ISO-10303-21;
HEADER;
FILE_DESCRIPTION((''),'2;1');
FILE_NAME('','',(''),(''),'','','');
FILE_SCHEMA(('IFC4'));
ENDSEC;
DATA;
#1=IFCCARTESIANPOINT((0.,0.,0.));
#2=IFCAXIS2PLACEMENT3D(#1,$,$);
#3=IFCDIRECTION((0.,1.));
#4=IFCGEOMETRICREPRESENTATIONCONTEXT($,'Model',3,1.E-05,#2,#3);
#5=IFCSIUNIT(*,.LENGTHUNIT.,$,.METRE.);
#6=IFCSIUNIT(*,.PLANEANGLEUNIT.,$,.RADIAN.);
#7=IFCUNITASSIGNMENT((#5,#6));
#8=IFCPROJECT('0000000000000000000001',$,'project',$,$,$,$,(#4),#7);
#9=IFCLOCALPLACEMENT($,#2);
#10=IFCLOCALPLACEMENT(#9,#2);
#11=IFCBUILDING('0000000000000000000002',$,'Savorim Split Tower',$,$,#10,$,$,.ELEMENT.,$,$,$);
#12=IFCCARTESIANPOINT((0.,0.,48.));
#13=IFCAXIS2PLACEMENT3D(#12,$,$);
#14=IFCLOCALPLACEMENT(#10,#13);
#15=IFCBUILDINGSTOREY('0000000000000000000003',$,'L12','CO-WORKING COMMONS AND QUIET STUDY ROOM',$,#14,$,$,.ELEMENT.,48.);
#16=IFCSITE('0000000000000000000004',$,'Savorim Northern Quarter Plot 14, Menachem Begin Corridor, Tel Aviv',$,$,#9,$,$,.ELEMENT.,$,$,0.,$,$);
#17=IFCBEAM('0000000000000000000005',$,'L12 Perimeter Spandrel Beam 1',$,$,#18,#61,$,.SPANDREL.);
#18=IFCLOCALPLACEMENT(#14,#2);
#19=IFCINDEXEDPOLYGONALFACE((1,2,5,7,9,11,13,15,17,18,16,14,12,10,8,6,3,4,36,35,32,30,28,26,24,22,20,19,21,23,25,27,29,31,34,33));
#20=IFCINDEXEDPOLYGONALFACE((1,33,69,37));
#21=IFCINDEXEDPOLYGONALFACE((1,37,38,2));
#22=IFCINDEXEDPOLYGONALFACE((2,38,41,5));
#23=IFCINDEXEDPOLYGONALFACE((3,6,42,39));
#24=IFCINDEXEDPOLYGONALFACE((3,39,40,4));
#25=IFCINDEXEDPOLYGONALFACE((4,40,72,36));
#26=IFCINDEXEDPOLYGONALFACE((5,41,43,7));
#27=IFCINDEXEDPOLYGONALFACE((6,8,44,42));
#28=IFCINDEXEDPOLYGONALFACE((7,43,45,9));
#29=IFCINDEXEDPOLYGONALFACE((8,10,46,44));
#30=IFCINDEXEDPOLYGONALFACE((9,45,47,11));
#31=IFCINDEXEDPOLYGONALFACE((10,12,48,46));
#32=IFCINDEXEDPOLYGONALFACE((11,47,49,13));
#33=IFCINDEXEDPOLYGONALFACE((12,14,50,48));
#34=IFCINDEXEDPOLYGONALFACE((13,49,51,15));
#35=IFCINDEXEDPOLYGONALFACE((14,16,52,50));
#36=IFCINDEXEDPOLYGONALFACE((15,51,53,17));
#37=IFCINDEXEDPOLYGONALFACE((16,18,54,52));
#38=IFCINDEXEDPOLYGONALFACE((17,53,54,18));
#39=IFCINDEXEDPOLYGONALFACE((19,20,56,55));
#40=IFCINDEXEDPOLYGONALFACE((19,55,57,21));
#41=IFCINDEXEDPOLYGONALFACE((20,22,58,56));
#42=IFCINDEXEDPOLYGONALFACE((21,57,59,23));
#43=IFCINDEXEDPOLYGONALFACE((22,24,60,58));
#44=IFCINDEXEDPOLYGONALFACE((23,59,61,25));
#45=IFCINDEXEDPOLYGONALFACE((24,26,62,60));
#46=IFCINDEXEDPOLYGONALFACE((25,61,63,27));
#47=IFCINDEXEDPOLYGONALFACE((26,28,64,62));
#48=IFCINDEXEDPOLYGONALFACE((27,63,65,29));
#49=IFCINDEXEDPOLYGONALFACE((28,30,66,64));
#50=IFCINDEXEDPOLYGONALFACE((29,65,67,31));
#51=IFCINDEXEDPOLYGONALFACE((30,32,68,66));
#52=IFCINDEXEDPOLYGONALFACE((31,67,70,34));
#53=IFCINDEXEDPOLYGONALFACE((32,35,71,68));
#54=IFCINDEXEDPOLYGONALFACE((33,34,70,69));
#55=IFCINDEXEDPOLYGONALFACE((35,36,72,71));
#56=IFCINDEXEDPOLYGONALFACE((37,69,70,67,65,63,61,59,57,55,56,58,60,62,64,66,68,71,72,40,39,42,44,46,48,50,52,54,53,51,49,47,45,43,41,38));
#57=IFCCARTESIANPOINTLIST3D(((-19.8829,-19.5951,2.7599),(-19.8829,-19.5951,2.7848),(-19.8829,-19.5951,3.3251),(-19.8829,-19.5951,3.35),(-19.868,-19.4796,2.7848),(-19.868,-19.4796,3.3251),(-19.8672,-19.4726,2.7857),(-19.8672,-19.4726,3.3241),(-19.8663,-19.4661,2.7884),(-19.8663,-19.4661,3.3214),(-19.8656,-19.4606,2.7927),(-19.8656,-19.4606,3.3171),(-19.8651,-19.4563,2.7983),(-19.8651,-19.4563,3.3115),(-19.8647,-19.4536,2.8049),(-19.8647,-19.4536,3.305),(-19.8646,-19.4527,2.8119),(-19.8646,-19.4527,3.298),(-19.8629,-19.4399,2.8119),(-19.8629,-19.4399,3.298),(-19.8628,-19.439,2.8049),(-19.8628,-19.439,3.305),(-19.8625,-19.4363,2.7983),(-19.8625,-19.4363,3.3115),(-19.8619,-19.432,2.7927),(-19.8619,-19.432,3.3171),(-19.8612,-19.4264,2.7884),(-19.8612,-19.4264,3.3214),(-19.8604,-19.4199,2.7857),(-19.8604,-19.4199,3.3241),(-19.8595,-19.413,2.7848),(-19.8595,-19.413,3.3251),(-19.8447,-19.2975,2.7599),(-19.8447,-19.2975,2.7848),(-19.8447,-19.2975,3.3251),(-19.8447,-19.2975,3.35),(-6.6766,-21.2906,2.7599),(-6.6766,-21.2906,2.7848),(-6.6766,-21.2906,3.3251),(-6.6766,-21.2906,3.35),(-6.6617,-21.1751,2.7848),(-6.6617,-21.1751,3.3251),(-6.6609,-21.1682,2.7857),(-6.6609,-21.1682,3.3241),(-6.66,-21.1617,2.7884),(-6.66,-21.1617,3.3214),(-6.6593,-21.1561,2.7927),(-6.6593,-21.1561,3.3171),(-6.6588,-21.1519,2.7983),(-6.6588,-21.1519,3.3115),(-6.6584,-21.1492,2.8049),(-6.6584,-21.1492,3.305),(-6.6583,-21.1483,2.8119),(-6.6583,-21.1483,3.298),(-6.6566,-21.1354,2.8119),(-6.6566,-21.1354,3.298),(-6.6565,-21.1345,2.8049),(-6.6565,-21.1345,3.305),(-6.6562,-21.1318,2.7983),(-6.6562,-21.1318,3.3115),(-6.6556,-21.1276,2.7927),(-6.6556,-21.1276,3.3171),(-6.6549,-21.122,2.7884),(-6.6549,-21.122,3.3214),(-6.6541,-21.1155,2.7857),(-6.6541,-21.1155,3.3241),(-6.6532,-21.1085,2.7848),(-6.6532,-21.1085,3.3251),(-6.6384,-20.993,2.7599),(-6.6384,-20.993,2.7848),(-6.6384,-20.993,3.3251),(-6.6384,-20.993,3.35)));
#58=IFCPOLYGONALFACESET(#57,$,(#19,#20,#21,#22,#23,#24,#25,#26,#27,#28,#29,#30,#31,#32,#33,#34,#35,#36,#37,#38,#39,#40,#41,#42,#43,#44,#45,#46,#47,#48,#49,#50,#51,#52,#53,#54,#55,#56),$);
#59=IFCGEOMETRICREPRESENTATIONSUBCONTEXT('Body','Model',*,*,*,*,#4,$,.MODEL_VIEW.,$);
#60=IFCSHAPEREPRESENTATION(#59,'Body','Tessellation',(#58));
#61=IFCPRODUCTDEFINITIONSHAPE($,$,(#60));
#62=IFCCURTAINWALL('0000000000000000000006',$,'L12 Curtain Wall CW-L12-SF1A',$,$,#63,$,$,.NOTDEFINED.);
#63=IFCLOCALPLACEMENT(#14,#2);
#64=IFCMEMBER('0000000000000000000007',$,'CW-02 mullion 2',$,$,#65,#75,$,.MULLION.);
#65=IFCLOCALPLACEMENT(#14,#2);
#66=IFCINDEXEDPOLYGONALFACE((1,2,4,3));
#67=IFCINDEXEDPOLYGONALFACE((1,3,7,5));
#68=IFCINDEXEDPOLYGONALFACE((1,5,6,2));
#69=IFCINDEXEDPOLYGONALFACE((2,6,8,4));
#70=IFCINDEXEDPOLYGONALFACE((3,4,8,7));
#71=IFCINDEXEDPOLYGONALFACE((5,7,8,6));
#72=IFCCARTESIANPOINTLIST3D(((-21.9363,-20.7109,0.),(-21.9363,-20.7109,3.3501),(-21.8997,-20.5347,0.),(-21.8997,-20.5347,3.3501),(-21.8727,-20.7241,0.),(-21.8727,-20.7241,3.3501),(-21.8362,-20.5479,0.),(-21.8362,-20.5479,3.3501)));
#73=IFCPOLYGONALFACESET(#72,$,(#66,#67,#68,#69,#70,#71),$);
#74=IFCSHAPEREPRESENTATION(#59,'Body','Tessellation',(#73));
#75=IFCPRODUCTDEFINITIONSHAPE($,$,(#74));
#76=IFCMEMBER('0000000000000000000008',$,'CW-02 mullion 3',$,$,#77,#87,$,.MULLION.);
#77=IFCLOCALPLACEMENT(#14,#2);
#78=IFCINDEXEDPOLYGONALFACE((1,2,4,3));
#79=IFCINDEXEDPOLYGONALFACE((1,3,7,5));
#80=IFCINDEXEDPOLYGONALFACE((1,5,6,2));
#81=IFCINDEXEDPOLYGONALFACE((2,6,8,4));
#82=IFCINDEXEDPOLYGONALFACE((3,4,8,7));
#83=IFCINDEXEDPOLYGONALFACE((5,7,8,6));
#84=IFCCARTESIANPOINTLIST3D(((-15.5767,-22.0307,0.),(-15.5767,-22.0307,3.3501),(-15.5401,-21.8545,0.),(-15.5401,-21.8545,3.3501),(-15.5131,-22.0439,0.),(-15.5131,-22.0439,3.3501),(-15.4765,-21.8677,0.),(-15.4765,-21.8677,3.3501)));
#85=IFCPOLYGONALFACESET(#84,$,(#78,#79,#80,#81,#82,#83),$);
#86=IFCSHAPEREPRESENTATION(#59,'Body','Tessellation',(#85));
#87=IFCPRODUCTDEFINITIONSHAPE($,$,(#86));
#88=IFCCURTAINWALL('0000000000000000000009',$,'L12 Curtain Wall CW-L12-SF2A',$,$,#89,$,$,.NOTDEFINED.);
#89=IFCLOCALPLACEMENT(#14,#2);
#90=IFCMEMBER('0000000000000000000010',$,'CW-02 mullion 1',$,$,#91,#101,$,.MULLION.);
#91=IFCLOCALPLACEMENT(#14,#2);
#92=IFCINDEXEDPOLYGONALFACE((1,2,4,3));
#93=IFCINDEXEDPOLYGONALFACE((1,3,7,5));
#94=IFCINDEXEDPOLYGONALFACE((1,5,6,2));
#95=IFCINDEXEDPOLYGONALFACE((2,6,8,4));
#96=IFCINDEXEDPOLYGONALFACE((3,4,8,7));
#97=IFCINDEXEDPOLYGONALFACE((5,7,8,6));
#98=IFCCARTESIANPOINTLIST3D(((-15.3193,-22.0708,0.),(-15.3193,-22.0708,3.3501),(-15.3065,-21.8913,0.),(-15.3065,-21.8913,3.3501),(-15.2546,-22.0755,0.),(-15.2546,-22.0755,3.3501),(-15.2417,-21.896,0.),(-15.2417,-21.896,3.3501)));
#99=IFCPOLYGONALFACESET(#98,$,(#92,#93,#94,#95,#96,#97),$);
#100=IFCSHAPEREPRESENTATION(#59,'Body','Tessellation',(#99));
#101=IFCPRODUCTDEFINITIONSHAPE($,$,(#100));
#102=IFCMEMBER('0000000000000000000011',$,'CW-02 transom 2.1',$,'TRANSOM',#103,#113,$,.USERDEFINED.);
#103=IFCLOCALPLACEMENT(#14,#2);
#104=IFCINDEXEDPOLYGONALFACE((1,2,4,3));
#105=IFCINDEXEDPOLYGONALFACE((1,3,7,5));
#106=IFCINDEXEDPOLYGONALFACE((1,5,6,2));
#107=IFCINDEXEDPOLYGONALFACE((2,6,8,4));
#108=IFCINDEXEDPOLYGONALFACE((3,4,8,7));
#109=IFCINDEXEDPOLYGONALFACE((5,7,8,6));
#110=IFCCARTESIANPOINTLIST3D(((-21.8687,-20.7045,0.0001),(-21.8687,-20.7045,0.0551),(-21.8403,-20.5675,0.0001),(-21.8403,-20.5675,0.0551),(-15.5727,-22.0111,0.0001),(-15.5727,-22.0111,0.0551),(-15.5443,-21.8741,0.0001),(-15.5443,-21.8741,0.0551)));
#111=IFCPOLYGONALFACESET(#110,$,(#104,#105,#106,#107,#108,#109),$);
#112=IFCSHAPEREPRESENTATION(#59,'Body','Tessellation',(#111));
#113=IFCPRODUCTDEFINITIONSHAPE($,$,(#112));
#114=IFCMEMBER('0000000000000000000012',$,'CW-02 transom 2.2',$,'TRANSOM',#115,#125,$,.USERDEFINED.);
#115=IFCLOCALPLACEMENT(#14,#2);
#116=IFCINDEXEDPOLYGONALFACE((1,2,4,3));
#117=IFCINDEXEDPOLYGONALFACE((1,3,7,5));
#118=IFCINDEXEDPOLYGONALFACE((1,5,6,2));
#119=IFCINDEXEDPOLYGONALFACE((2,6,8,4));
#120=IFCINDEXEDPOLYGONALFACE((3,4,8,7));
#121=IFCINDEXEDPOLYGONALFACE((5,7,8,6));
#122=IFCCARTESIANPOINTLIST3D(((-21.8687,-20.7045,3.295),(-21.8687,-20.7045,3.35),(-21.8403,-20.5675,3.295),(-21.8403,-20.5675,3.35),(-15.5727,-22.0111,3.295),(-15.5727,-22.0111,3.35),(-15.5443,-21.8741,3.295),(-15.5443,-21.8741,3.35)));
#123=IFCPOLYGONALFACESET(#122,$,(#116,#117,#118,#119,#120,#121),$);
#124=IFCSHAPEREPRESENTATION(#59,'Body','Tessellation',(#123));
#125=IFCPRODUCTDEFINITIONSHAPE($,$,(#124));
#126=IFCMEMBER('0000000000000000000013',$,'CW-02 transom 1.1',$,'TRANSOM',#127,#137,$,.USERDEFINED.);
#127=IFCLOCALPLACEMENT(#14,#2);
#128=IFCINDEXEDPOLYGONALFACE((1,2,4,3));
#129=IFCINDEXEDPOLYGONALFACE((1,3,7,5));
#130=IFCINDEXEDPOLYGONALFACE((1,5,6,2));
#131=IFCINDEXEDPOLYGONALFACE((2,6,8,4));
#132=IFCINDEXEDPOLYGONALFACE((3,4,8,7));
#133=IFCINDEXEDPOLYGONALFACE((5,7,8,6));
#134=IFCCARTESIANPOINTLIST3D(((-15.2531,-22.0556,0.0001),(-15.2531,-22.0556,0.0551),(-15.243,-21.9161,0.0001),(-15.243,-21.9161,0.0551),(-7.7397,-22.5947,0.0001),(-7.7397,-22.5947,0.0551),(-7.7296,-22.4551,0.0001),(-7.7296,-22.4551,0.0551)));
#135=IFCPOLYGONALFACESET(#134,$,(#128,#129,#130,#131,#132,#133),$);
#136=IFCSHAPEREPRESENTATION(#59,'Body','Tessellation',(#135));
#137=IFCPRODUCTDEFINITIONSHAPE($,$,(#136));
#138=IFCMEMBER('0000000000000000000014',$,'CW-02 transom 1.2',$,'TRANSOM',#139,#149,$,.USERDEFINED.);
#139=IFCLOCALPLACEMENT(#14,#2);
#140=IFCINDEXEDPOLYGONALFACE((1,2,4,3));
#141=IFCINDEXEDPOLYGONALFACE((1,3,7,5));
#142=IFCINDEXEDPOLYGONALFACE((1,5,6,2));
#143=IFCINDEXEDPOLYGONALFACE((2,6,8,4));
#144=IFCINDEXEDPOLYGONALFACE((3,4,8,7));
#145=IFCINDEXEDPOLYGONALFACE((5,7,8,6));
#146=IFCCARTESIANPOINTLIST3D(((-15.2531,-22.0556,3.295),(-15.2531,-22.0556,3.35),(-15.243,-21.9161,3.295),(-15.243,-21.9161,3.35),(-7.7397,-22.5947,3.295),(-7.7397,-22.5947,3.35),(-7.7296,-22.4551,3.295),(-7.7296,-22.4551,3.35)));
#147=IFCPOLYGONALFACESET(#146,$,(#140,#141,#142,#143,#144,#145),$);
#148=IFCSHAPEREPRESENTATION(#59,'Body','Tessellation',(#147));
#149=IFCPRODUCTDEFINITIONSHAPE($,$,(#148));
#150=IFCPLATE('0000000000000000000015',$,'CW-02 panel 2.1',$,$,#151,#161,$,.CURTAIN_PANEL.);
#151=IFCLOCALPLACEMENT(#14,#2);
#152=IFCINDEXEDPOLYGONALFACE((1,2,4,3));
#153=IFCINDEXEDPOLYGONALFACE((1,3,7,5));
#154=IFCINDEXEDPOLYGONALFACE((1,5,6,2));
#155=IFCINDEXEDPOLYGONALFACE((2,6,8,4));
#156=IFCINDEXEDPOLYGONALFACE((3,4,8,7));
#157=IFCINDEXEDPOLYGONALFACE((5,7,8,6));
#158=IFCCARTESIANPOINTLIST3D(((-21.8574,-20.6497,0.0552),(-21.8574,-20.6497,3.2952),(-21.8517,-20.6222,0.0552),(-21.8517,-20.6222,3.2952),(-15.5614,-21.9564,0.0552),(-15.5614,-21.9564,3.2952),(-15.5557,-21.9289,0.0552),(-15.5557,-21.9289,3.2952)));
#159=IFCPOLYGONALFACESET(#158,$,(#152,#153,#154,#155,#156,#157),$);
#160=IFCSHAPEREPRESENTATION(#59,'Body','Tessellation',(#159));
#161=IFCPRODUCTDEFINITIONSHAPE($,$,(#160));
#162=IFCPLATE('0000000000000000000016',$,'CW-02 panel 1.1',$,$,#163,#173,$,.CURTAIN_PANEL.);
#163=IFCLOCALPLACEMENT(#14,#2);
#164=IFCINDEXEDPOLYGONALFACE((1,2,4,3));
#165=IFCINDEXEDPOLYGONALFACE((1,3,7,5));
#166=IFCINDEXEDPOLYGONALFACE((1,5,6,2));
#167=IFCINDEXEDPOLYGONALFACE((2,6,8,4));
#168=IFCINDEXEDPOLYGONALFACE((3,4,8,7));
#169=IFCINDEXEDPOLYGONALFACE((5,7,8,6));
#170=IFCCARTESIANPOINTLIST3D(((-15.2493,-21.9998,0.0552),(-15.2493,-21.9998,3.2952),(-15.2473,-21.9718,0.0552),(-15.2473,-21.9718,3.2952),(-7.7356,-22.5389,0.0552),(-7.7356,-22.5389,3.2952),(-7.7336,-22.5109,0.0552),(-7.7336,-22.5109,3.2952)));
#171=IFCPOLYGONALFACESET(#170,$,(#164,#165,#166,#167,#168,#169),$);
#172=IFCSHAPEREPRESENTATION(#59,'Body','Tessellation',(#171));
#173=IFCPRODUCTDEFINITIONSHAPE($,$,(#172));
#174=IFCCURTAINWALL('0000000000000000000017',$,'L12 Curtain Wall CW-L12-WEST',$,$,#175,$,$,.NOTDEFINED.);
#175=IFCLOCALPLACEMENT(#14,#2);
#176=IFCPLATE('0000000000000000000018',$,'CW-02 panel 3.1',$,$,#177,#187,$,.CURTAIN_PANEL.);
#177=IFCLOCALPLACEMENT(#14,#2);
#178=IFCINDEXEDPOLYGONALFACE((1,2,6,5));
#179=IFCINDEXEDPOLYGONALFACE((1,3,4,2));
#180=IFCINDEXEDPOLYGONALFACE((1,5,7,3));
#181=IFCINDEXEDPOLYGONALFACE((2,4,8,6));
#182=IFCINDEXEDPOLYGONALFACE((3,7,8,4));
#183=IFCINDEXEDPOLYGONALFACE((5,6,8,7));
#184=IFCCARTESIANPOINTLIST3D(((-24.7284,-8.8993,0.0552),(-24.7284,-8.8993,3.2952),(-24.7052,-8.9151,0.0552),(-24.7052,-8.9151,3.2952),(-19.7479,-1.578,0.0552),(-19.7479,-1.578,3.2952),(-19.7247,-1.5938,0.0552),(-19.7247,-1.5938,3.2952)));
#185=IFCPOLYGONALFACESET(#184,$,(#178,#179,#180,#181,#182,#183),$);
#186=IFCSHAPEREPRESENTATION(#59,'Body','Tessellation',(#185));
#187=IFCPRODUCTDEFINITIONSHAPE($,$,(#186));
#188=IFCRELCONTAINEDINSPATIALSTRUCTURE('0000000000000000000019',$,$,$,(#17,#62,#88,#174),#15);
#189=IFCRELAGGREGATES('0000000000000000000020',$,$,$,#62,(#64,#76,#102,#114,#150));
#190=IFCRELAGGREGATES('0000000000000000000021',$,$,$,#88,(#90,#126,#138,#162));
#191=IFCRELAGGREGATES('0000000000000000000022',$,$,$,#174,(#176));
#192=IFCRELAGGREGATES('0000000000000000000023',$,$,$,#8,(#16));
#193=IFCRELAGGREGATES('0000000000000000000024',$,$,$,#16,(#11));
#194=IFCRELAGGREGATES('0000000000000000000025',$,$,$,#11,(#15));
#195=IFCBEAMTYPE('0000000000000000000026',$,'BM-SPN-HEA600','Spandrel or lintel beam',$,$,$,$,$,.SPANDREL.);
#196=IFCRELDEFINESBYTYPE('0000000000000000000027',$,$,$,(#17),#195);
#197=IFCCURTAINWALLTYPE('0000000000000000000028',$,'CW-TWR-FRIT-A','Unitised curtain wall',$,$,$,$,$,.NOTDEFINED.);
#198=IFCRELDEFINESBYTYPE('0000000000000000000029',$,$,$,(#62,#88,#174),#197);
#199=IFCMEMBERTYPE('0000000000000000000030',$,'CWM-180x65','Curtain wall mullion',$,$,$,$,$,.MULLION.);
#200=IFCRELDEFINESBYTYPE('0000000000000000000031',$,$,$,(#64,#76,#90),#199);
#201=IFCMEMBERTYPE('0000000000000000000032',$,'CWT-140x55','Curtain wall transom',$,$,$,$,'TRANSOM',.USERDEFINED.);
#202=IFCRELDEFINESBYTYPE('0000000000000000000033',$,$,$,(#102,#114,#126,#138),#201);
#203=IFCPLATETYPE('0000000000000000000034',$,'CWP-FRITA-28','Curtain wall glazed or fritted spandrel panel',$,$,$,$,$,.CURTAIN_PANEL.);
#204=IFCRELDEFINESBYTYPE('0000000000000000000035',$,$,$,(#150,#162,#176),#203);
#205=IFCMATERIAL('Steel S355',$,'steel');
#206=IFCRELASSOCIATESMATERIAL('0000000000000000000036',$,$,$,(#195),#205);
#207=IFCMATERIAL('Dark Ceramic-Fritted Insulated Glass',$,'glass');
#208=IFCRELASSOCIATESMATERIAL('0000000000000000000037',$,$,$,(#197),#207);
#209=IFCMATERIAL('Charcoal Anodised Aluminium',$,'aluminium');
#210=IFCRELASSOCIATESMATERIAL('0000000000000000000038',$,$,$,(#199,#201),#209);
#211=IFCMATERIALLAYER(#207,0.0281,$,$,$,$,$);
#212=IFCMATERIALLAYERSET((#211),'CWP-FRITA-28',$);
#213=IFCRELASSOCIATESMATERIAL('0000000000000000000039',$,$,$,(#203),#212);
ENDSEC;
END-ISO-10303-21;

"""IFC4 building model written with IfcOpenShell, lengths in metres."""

from ifc_helpers import new_model, si_unit, direction, frame, origin, origin_2d, place, context, subcontext, project, spatial, rectangle, i_section, extrude, material, layer, layer_set, material_profile, profile_set, type_object, element, aggregate, save


model = new_model("IFC4")

# Units and contexts
model_context = context("Model", 3, precision=1e-05, world=origin(), true_north=direction((0.0, 1.0)))
body_context = subcontext(model_context, "Body", "Model", "MODEL_VIEW")
ifc_project = project(units=[si_unit("LENGTHUNIT", "METRE"), si_unit("PLANEANGLEUNIT", "RADIAN")], contexts=[model_context])

# Site, building, storey
site_placement = place(None, origin())
site = spatial("IfcSite", under=ifc_project, at=site_placement, Name="Savorim Northern Quarter Plot 14, Menachem Begin Corridor, Tel Aviv", CompositionType="ELEMENT", RefElevation=0.0)
building_placement = place(site_placement, origin())
building = spatial("IfcBuilding", under=site, at=building_placement, Name="Savorim Split Tower", CompositionType="ELEMENT")
storey_placement = place(building_placement, frame((0.0, 0.0, 48.0)))
storey = spatial("IfcBuildingStorey", under=building, at=storey_placement, Name="L12", Description="CO-WORKING COMMONS AND QUIET STUDY ROOM", CompositionType="ELEMENT", Elevation=48.0)

# Beam
ifc_material_1 = material(Name="Steel S355", Category="steel")
ifc_material_profile_1 = material_profile(ifc_material_1, i_section(OverallWidth=0.3, OverallDepth=0.5901, WebThickness=0.0129, FlangeThickness=0.0249, FilletRadius=0.0271, at=origin_2d()), Name="HEA 600")
ifc_profile_set_1 = profile_set([ifc_material_profile_1], Name="Steel S355")
beam_type_1 = type_object("IfcBeamType", Name="BM-SPN-HEA600", Description="Spandrel or lintel beam", PredefinedType="SPANDREL", material=ifc_profile_set_1)
beam_1_placement = place(storey_placement, frame((-19.8638, -19.4463, 3.0549), z_axis=(0.991859, -0.127345, 0.0), x_axis=(0.127345, 0.991859, 0.0)))
element("IfcBeam", 1, at=beam_1_placement, inside=storey, type_object=beam_type_1, Name="L12 Perimeter Spandrel Beam 1", PredefinedType="SPANDREL", context=body_context, shape_type="SweptSolid", body=[
    extrude(i_section(OverallWidth=0.3, OverallDepth=0.5901, WebThickness=0.0129, FlangeThickness=0.0249, FilletRadius=0.0271, at=origin_2d()), origin(), (0.0, 0.0, 1.0), 13.3147),
])

# Curtain wall, members
ifc_material_2 = material(Name="Dark Ceramic-Fritted Insulated Glass", Category="glass")
curtain_wall_type = type_object("IfcCurtainWallType", Name="CW-TWR-FRIT-A", Description="Unitised curtain wall", PredefinedType="NOTDEFINED", material=ifc_material_2)
curtain_wall_1_placement = place(storey_placement, origin())
curtain_wall_1 = element("IfcCurtainWall", 2, at=curtain_wall_1_placement, inside=storey, type_object=curtain_wall_type, Name="L12 Curtain Wall CW-L12-SF1A", PredefinedType="NOTDEFINED")
ifc_material_3 = material(Name="Charcoal Anodised Aluminium", Category="aluminium")
ifc_material_profile_2 = material_profile(ifc_material_3, rectangle(XDim=0.1799, YDim=0.0649, at=origin_2d()), Name="ALU-M 180x65")
ifc_profile_set_2 = profile_set([ifc_material_profile_2], Name="Charcoal Anodised Aluminium")
member_type_1 = type_object("IfcMemberType", Name="CWM-180x65", Description="Curtain wall mullion", PredefinedType="MULLION", material=ifc_profile_set_2)
member_1_placement = place(storey_placement, frame((-21.8862, -20.6294, 0.0), z_axis=(0.0, 0.0, 1.0), x_axis=(0.203212, 0.979135, 0.0)))
member_1 = element("IfcMember", 3, at=member_1_placement, type_object=member_type_1, Name="CW-02 mullion 2", PredefinedType="MULLION", context=body_context, shape_type="SweptSolid", body=[
    extrude(rectangle(XDim=0.1799, YDim=0.0649, at=origin_2d()), origin(), (0.0, 0.0, 1.0), 3.3501),
])
member_2_placement = place(storey_placement, frame((-15.5266, -21.9492, 0.0), z_axis=(0.0, 0.0, 1.0), x_axis=(0.203212, 0.979135, 0.0)))
member_2 = element("IfcMember", 4, at=member_2_placement, type_object=member_type_1, Name="CW-02 mullion 3", PredefinedType="MULLION", context=body_context, shape_type="SweptSolid", body=[
    extrude(rectangle(XDim=0.1799, YDim=0.0649, at=origin_2d()), origin(), (0.0, 0.0, 1.0), 3.3501),
])

# Curtain wall, member
curtain_wall_2_placement = place(storey_placement, origin())
curtain_wall_2 = element("IfcCurtainWall", 5, at=curtain_wall_2_placement, inside=storey, type_object=curtain_wall_type, Name="L12 Curtain Wall CW-L12-SF2A", PredefinedType="NOTDEFINED")
member_3_placement = place(storey_placement, frame((-15.2805, -21.9834, 0.0), z_axis=(0.0, 0.0, 1.0), x_axis=(0.071562, 0.997436, 0.0)))
member_3 = element("IfcMember", 6, at=member_3_placement, type_object=member_type_1, Name="CW-02 mullion 1", PredefinedType="MULLION", context=body_context, shape_type="SweptSolid", body=[
    extrude(rectangle(XDim=0.1799, YDim=0.0649, at=origin_2d()), origin(), (0.0, 0.0, 1.0), 3.3501),
])

# Members
ifc_material_profile_3 = material_profile(ifc_material_3, rectangle(XDim=0.1399, YDim=0.0549, at=origin_2d()), Name="ALU-T 140x55")
ifc_profile_set_3 = profile_set([ifc_material_profile_3], Name="Charcoal Anodised Aluminium")
member_type_2 = type_object("IfcMemberType", Name="CWT-140x55", Description="Curtain wall transom", ElementType="TRANSOM", PredefinedType="USERDEFINED", material=ifc_profile_set_3)
member_4_placement = place(storey_placement, frame((-21.8545, -20.636, 0.0276), z_axis=(0.979137, -0.203201, 0.0), x_axis=(0.203201, 0.979137, 0.0)))
member_4 = element("IfcMember", 7, at=member_4_placement, type_object=member_type_2, Name="CW-02 transom 2.1", ObjectType="TRANSOM", PredefinedType="USERDEFINED", context=body_context, shape_type="SweptSolid", body=[
    extrude(rectangle(XDim=0.1399, YDim=0.0549, at=origin_2d()), origin(), (0.0, 0.0, 1.0), 6.4302),
])
member_5_placement = place(storey_placement, frame((-21.8545, -20.636, 3.3225), z_axis=(0.979137, -0.203201, 0.0), x_axis=(0.203201, 0.979137, 0.0)))
member_5 = element("IfcMember", 8, at=member_5_placement, type_object=member_type_2, Name="CW-02 transom 2.2", ObjectType="TRANSOM", PredefinedType="USERDEFINED", context=body_context, shape_type="SweptSolid", body=[
    extrude(rectangle(XDim=0.1399, YDim=0.0549, at=origin_2d()), origin(), (0.0, 0.0, 1.0), 6.4302),
])
member_6_placement = place(storey_placement, frame((-15.248, -21.9858, 0.0276), z_axis=(0.997436, -0.071563, 0.0), x_axis=(0.071563, 0.997436, 0.0)))
member_6 = element("IfcMember", 9, at=member_6_placement, type_object=member_type_2, Name="CW-02 transom 1.1", ObjectType="TRANSOM", PredefinedType="USERDEFINED", context=body_context, shape_type="SweptSolid", body=[
    extrude(rectangle(XDim=0.1399, YDim=0.0549, at=origin_2d()), origin(), (0.0, 0.0, 1.0), 7.5327),
])
member_7_placement = place(storey_placement, frame((-15.248, -21.9858, 3.3225), z_axis=(0.997436, -0.071563, 0.0), x_axis=(0.071563, 0.997436, 0.0)))
member_7 = element("IfcMember", 10, at=member_7_placement, type_object=member_type_2, Name="CW-02 transom 1.2", ObjectType="TRANSOM", PredefinedType="USERDEFINED", context=body_context, shape_type="SweptSolid", body=[
    extrude(rectangle(XDim=0.1399, YDim=0.0549, at=origin_2d()), origin(), (0.0, 0.0, 1.0), 7.5327),
])

# Plates
ifc_layer = layer(ifc_material_2, 0.0281)
ifc_layer_set = layer_set([ifc_layer], Name="CWP-FRITA-28")
plate_type = type_object("IfcPlateType", Name="CWP-FRITA-28", Description="Curtain wall glazed or fritted spandrel panel", PredefinedType="CURTAIN_PANEL", material=ifc_layer_set)
plate_1_placement = place(storey_placement, frame((-18.7065, -21.2893, 0.0552), z_axis=(0.0, 0.0, 1.0), x_axis=(0.979135, -0.203212, 0.0)))
plate_1 = element("IfcPlate", 11, at=plate_1_placement, type_object=plate_type, Name="CW-02 panel 2.1", PredefinedType="CURTAIN_PANEL", context=body_context, shape_type="SweptSolid", body=[
    extrude(rectangle(XDim=6.4302, YDim=0.0281, at=origin_2d()), origin(), (0.0, 0.0, 1.0), 3.24),
])
aggregate(curtain_wall_1, [member_1, member_2, member_4, member_5, plate_1])
plate_2_placement = place(storey_placement, frame((-11.4915, -22.2554, 0.0552), z_axis=(0.0, 0.0, 1.0), x_axis=(0.997436, -0.071562, 0.0)))
plate_2 = element("IfcPlate", 12, at=plate_2_placement, type_object=plate_type, Name="CW-02 panel 1.1", PredefinedType="CURTAIN_PANEL", context=body_context, shape_type="SweptSolid", body=[
    extrude(rectangle(XDim=7.533, YDim=0.0281, at=origin_2d()), origin(), (0.0, 0.0, 1.0), 3.24),
])
aggregate(curtain_wall_2, [member_3, member_6, member_7, plate_2])

# Curtain wall, plate
curtain_wall_3_placement = place(storey_placement, origin())
curtain_wall_3 = element("IfcCurtainWall", 13, at=curtain_wall_3_placement, inside=storey, type_object=curtain_wall_type, Name="L12 Curtain Wall CW-L12-WEST", PredefinedType="NOTDEFINED")
plate_3_placement = place(storey_placement, frame((-22.2266, -5.2466, 0.0552), z_axis=(0.0, 0.0, 1.0), x_axis=(-0.562465, -0.826821, 0.0)))
plate_3 = element("IfcPlate", 14, at=plate_3_placement, type_object=plate_type, Name="CW-02 panel 3.1", PredefinedType="CURTAIN_PANEL", context=body_context, shape_type="SweptSolid", body=[
    extrude(rectangle(XDim=8.8547, YDim=0.0281, at=origin_2d()), origin(), (0.0, 0.0, 1.0), 3.24),
])
aggregate(curtain_wall_3, [plate_3])

save(model, "model.ifc")
